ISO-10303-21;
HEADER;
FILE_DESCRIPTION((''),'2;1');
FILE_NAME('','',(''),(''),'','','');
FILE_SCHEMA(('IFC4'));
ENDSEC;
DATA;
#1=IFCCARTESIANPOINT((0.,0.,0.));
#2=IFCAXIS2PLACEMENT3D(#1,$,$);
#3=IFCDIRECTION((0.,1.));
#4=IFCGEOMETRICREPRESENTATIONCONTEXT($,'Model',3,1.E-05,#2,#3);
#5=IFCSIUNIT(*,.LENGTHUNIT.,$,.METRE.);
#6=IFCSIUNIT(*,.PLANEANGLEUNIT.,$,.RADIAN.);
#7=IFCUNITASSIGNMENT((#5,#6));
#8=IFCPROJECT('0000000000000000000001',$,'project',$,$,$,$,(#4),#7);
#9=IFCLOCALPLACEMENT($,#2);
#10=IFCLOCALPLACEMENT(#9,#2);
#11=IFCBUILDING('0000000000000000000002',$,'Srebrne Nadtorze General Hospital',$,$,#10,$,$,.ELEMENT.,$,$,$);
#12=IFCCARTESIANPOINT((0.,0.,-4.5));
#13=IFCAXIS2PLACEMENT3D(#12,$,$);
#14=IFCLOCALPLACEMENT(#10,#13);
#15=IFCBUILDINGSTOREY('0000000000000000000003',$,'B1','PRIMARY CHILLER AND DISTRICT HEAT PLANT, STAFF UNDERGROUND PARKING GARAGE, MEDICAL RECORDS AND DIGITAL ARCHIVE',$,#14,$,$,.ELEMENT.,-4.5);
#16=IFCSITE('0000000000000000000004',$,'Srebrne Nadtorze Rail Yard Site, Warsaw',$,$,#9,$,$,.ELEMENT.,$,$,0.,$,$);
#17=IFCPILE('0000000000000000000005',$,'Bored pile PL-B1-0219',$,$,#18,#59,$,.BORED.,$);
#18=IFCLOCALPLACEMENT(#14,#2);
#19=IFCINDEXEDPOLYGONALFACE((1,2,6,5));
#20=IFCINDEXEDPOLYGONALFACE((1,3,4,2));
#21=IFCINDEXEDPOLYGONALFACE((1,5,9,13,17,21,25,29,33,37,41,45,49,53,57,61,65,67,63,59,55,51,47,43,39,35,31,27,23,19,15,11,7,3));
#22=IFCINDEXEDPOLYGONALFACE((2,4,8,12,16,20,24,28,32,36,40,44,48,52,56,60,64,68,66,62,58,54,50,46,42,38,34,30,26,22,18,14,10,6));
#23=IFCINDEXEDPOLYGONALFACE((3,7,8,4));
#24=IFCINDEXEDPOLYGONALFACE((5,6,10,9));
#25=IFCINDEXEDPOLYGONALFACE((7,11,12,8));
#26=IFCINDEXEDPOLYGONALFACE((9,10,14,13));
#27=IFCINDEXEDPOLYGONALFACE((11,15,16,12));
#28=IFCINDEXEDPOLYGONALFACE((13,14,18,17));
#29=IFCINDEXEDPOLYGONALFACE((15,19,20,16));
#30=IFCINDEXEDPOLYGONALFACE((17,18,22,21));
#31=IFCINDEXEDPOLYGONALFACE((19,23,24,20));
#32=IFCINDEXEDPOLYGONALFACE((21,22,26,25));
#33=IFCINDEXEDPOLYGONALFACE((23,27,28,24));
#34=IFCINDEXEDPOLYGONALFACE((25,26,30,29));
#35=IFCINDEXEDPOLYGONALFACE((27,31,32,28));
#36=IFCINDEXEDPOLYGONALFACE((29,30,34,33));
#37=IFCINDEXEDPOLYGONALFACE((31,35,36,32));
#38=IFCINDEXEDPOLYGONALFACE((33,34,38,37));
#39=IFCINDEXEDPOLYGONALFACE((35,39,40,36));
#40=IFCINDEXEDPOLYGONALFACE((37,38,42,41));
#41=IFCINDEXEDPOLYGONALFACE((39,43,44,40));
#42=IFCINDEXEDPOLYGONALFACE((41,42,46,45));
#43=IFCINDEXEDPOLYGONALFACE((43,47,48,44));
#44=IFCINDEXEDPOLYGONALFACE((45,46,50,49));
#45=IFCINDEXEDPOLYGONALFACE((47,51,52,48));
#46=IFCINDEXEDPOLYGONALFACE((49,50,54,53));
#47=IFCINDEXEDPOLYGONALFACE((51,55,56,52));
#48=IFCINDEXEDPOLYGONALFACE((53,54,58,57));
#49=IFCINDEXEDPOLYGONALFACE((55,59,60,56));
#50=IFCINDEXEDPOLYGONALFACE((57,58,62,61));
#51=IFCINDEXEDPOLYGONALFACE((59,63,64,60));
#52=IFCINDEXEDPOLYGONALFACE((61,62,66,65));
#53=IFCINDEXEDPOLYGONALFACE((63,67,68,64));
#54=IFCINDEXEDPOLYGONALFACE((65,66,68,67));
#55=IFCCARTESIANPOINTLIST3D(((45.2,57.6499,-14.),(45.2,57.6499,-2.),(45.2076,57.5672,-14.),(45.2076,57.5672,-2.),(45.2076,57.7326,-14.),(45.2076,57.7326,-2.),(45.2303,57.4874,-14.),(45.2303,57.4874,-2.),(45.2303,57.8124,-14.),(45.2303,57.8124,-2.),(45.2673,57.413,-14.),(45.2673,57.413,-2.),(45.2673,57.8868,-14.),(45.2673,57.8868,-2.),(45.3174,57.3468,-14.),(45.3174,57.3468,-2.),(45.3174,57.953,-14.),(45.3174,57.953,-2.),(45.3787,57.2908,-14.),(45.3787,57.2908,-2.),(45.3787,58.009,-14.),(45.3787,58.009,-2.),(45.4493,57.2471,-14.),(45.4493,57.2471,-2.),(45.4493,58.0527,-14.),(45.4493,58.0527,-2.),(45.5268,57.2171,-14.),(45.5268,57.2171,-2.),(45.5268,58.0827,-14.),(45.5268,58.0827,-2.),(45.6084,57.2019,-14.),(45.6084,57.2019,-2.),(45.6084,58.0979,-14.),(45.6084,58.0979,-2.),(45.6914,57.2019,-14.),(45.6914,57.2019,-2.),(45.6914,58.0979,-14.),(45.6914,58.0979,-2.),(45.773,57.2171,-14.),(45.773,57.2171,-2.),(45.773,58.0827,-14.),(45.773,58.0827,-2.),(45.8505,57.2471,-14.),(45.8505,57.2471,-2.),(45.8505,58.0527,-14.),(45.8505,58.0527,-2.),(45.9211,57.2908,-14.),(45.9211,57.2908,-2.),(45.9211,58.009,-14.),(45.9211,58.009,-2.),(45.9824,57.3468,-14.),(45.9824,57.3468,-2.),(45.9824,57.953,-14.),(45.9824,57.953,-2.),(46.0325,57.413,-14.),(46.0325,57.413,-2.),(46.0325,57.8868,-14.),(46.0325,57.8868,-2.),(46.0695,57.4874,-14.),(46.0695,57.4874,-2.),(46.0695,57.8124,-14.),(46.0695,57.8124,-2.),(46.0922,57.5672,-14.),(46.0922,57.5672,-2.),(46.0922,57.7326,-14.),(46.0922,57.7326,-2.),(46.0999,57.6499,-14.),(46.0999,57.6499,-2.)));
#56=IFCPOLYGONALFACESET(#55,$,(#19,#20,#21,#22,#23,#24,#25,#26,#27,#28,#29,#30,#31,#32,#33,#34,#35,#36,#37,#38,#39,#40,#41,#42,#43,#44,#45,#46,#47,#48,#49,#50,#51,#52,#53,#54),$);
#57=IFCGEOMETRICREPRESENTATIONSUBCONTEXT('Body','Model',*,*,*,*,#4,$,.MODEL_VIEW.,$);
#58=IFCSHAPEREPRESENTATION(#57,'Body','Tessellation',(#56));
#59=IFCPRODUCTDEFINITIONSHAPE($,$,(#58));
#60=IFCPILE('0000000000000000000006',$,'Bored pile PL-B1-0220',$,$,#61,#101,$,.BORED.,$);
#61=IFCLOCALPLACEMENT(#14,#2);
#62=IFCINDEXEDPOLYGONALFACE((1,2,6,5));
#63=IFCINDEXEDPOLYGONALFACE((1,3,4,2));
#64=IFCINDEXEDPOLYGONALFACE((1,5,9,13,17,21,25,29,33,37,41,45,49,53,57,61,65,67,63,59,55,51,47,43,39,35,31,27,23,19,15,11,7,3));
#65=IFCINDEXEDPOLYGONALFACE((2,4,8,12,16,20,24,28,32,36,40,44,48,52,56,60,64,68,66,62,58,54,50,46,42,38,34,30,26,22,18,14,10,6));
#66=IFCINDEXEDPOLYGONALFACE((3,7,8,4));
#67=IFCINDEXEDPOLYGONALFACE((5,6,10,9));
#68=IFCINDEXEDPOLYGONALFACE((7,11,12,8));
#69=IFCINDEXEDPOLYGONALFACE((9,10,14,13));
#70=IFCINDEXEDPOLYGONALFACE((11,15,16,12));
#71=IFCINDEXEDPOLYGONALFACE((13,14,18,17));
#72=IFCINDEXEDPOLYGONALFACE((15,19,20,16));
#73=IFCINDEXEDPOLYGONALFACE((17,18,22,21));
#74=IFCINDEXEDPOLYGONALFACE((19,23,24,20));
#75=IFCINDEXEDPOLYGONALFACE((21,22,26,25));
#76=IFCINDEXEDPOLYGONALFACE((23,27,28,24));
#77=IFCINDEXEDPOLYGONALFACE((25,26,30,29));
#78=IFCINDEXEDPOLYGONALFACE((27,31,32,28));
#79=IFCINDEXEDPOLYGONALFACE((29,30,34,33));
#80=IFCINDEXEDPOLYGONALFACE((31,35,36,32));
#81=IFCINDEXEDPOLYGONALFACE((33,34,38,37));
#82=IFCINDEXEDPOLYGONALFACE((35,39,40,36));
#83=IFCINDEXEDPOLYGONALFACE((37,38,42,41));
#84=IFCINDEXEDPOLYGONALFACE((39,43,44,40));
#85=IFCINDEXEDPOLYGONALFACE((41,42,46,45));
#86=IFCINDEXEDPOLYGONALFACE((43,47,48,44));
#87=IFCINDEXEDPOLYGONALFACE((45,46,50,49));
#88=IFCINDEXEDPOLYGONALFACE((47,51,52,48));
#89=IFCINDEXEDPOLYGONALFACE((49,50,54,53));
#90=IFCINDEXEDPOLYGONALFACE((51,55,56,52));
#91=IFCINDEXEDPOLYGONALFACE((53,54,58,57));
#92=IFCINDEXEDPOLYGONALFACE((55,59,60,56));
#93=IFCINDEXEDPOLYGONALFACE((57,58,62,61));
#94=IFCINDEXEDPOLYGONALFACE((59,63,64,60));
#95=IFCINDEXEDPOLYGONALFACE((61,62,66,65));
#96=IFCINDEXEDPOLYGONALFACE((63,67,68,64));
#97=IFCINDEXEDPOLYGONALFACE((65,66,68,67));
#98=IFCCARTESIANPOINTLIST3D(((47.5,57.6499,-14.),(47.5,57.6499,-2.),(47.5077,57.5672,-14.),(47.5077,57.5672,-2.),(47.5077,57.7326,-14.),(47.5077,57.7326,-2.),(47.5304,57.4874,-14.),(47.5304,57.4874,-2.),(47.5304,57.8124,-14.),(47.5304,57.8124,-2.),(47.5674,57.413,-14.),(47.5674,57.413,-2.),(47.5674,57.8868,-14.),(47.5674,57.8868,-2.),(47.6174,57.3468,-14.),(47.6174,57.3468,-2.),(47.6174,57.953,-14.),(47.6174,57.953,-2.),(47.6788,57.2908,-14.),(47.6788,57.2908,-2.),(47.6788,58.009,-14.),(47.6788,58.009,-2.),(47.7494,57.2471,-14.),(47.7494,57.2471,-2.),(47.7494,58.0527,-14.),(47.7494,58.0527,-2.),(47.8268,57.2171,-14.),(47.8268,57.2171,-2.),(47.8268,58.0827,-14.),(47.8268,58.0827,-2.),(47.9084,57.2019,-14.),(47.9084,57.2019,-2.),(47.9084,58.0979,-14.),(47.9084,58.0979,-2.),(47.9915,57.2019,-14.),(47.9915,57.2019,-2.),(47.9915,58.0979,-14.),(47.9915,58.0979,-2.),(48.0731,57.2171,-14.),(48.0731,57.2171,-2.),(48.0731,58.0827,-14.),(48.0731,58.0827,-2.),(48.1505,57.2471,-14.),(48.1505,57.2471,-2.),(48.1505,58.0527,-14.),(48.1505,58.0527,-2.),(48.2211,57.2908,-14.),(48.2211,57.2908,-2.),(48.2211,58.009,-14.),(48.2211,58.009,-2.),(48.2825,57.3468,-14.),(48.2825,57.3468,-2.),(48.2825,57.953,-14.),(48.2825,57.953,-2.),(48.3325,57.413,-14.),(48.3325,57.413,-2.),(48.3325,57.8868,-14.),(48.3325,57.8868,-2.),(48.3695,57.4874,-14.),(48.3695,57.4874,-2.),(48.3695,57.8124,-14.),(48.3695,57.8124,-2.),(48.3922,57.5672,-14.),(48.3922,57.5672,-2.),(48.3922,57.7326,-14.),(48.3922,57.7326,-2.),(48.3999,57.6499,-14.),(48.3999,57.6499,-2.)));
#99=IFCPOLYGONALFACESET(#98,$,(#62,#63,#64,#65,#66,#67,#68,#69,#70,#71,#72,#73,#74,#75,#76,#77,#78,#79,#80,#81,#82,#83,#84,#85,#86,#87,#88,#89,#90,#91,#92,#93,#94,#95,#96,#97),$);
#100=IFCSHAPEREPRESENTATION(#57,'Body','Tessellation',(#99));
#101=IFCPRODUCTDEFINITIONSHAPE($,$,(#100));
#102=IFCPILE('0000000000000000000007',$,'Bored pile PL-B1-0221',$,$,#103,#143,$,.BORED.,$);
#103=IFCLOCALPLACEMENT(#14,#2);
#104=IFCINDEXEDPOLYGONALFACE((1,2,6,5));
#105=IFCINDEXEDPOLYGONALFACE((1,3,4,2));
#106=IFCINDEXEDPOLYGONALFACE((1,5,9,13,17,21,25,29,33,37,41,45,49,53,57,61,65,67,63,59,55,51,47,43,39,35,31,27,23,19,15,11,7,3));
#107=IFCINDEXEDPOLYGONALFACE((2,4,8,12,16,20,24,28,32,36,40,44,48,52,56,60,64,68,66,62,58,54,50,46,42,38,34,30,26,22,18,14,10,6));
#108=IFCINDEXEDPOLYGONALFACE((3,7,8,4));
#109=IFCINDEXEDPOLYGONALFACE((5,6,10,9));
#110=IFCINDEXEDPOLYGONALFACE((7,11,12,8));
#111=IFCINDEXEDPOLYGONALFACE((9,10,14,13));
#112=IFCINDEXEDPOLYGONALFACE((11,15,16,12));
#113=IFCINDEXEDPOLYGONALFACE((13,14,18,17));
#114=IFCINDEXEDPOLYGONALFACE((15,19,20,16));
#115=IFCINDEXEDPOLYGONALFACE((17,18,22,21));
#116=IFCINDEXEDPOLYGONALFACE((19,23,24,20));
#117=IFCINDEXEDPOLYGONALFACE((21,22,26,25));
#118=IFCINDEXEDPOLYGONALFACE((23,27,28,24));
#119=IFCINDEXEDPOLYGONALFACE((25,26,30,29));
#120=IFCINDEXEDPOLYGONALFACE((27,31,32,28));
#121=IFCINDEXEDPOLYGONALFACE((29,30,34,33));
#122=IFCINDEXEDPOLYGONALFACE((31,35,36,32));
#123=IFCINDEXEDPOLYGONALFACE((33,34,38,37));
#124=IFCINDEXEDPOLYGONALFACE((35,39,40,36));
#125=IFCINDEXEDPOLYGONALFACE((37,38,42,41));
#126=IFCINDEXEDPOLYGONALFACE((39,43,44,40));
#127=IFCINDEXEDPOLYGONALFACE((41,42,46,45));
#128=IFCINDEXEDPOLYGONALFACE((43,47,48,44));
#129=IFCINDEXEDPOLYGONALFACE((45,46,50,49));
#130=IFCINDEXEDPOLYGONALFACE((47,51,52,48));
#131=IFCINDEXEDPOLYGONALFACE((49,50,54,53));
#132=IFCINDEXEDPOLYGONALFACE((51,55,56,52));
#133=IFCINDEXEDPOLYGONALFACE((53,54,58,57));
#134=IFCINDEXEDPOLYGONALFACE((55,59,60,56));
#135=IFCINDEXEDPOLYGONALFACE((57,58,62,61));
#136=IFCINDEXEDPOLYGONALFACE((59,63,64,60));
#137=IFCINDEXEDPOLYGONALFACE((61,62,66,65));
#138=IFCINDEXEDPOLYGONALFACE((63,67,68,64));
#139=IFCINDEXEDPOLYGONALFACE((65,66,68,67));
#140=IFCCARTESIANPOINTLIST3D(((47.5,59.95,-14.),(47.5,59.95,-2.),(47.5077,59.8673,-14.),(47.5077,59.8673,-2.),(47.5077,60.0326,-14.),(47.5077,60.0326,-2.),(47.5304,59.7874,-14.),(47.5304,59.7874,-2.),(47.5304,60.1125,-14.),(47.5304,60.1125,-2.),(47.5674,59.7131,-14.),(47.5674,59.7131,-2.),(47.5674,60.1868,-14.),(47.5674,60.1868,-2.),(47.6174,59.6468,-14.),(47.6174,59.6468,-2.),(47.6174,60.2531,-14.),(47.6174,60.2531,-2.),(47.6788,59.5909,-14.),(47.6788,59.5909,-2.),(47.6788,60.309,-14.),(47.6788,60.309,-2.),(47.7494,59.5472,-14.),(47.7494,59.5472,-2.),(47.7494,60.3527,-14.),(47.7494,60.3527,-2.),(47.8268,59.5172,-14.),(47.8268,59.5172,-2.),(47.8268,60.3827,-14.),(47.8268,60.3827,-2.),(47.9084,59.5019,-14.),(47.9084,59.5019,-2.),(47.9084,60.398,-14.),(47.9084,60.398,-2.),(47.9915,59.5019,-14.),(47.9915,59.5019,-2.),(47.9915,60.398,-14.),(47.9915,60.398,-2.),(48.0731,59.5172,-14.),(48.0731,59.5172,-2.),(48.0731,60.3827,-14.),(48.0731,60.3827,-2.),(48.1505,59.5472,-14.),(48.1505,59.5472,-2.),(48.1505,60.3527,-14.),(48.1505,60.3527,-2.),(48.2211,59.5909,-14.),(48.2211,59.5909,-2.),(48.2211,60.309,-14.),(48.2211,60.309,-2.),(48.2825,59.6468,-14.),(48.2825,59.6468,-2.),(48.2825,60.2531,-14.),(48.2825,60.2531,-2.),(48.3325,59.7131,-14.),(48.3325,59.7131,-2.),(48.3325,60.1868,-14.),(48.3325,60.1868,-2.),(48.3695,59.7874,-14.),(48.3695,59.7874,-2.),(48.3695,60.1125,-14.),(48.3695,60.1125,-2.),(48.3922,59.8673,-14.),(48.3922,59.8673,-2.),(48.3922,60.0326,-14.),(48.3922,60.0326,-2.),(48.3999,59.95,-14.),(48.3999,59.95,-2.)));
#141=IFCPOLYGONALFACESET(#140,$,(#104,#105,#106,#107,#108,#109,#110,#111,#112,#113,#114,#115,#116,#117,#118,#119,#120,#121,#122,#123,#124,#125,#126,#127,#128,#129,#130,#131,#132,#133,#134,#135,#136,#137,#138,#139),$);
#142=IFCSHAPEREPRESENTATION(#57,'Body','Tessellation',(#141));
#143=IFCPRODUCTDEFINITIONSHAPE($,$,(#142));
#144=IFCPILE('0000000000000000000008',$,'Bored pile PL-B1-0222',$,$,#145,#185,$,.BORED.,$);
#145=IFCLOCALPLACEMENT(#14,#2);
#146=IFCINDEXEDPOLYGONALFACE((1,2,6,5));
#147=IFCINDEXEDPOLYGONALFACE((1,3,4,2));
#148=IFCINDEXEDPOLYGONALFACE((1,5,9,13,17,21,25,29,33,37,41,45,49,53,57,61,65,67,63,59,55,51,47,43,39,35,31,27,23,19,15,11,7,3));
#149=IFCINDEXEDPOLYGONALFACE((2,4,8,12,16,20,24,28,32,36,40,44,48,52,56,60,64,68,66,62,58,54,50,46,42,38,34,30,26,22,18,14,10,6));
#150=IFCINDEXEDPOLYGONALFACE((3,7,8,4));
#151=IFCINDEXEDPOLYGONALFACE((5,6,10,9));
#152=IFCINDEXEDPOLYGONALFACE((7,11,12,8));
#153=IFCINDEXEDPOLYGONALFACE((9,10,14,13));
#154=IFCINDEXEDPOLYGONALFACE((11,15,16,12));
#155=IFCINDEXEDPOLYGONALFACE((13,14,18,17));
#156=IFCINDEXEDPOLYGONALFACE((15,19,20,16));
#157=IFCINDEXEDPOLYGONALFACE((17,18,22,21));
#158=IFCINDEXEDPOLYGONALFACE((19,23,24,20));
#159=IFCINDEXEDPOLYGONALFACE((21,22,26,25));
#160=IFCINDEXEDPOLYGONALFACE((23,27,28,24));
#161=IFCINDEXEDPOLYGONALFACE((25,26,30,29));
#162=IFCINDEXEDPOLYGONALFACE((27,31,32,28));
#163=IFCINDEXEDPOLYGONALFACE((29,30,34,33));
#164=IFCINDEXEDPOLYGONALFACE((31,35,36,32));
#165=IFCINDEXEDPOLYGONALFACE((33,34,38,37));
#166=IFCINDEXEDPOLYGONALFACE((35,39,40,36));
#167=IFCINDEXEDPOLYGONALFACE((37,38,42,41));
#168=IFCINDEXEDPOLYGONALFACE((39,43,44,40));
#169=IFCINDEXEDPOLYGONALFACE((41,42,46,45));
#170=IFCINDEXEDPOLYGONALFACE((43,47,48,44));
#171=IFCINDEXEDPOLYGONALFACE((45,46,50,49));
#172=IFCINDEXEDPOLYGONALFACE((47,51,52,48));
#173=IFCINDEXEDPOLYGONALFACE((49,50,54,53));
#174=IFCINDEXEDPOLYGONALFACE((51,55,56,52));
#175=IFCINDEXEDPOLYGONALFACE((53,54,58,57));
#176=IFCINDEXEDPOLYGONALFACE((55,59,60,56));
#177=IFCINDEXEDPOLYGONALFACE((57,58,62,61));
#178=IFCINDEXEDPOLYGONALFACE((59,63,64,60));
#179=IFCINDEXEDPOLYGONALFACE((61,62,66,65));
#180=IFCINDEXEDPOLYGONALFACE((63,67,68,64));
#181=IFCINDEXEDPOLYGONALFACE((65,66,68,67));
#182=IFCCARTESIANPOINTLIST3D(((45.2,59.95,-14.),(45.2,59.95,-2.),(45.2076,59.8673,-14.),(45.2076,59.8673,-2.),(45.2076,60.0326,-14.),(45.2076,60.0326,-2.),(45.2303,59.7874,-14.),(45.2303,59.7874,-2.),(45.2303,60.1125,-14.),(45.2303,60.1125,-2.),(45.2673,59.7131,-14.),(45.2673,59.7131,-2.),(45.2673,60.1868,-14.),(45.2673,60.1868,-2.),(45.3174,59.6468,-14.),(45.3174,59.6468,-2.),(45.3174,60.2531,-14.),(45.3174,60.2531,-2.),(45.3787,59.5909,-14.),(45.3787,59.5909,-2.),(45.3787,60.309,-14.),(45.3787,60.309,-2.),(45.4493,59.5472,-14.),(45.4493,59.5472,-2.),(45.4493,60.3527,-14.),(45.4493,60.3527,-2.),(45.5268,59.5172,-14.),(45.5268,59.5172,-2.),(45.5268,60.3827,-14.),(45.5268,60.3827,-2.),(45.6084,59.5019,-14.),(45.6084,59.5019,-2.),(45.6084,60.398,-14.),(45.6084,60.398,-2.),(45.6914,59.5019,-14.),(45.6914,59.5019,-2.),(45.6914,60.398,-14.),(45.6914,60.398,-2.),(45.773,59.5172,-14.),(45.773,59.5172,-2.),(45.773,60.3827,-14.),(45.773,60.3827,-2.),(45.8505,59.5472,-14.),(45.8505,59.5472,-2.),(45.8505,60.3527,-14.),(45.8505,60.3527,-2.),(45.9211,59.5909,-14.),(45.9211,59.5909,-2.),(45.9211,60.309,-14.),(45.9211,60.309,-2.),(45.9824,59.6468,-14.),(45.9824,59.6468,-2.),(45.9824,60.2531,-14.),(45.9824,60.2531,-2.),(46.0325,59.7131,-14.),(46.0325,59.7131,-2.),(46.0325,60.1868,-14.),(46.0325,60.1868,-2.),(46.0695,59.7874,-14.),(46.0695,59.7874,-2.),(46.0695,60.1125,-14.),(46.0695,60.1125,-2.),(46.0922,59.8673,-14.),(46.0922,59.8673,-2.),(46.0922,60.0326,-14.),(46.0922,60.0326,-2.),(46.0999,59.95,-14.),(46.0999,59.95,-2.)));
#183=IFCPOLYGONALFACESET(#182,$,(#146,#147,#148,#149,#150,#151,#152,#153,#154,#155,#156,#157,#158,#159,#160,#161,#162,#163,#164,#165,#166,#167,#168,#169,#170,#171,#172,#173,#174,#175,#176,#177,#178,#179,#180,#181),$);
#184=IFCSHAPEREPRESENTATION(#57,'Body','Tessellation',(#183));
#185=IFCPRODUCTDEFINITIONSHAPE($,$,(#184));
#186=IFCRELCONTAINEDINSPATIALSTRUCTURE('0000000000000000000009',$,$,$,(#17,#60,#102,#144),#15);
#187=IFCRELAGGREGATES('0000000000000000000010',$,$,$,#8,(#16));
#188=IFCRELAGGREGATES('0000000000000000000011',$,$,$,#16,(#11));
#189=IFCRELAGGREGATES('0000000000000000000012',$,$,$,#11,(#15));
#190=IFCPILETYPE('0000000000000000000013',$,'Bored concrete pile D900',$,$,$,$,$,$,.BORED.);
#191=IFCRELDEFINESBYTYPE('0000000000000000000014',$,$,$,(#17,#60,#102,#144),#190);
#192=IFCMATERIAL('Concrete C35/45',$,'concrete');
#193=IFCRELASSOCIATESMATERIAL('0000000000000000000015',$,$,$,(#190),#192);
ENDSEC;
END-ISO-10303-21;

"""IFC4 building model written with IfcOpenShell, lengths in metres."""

from ifc_helpers import new_model, si_unit, direction, frame, origin, origin_2d, place, context, subcontext, project, spatial, circle, extrude, material, material_profile, profile_set, type_object, element, save


model = new_model("IFC4")

# Units and contexts
model_context = context("Model", 3, precision=1e-05, world=origin(), true_north=direction((0.0, 1.0)))
body_context = subcontext(model_context, "Body", "Model", "MODEL_VIEW")
ifc_project = project(units=[si_unit("LENGTHUNIT", "METRE"), si_unit("PLANEANGLEUNIT", "RADIAN")], contexts=[model_context])

# Site, building, storey
site_placement = place(None, origin())
site = spatial("IfcSite", under=ifc_project, at=site_placement, Name="Srebrne Nadtorze Rail Yard Site, Warsaw", CompositionType="ELEMENT", RefElevation=0.0)
building_placement = place(site_placement, origin())
building = spatial("IfcBuilding", under=site, at=building_placement, Name="Srebrne Nadtorze General Hospital", CompositionType="ELEMENT")
storey_placement = place(building_placement, frame((0.0, 0.0, -4.5)))
storey = spatial("IfcBuildingStorey", under=building, at=storey_placement, Name="B1", Description="PRIMARY CHILLER AND DISTRICT HEAT PLANT, STAFF UNDERGROUND PARKING GARAGE, MEDICAL RECORDS AND DIGITAL ARCHIVE", CompositionType="ELEMENT", Elevation=-4.5)

# Piles
ifc_material_1 = material(Name="Concrete C35/45", Category="concrete")
ifc_material_profile_1 = material_profile(ifc_material_1, circle(Radius=0.45, at=origin_2d()), Name="PILE-D900")
ifc_profile_set_1 = profile_set([ifc_material_profile_1], Name="Concrete C35/45")
pile_type_1 = type_object("IfcPileType", Name="Bored concrete pile D900", PredefinedType="BORED", material=ifc_profile_set_1)
for number, where, z_axis, x_axis, name in (
    (1, (45.6499, 57.6499, -2.0), (0.0, 0.0, -1.0), (1.0, 0.0, 0.0), "Bored pile PL-B1-0219"),
    (2, (47.95, 57.6499, -2.0), (0.0, 0.0, -1.0), (1.0, 0.0, 0.0), "Bored pile PL-B1-0220"),
    (3, (47.95, 59.95, -2.0), (0.0, 0.0, -1.0), (1.0, 0.0, 0.0), "Bored pile PL-B1-0221"),
    (4, (45.6499, 59.95, -2.0), (0.0, 0.0, -1.0), (1.0, 0.0, 0.0), "Bored pile PL-B1-0222"),
):
    element("IfcPile", number, at=place(storey_placement, frame(where, z_axis=z_axis, x_axis=x_axis)), inside=storey, type_object=pile_type_1, Name=name, PredefinedType="BORED", context=body_context, shape_type="SweptSolid", body=[
        extrude(circle(Radius=0.45, at=origin_2d()), origin(), (0.0, 0.0, 1.0), 12.0),
    ])

save(model, "model.ifc")
